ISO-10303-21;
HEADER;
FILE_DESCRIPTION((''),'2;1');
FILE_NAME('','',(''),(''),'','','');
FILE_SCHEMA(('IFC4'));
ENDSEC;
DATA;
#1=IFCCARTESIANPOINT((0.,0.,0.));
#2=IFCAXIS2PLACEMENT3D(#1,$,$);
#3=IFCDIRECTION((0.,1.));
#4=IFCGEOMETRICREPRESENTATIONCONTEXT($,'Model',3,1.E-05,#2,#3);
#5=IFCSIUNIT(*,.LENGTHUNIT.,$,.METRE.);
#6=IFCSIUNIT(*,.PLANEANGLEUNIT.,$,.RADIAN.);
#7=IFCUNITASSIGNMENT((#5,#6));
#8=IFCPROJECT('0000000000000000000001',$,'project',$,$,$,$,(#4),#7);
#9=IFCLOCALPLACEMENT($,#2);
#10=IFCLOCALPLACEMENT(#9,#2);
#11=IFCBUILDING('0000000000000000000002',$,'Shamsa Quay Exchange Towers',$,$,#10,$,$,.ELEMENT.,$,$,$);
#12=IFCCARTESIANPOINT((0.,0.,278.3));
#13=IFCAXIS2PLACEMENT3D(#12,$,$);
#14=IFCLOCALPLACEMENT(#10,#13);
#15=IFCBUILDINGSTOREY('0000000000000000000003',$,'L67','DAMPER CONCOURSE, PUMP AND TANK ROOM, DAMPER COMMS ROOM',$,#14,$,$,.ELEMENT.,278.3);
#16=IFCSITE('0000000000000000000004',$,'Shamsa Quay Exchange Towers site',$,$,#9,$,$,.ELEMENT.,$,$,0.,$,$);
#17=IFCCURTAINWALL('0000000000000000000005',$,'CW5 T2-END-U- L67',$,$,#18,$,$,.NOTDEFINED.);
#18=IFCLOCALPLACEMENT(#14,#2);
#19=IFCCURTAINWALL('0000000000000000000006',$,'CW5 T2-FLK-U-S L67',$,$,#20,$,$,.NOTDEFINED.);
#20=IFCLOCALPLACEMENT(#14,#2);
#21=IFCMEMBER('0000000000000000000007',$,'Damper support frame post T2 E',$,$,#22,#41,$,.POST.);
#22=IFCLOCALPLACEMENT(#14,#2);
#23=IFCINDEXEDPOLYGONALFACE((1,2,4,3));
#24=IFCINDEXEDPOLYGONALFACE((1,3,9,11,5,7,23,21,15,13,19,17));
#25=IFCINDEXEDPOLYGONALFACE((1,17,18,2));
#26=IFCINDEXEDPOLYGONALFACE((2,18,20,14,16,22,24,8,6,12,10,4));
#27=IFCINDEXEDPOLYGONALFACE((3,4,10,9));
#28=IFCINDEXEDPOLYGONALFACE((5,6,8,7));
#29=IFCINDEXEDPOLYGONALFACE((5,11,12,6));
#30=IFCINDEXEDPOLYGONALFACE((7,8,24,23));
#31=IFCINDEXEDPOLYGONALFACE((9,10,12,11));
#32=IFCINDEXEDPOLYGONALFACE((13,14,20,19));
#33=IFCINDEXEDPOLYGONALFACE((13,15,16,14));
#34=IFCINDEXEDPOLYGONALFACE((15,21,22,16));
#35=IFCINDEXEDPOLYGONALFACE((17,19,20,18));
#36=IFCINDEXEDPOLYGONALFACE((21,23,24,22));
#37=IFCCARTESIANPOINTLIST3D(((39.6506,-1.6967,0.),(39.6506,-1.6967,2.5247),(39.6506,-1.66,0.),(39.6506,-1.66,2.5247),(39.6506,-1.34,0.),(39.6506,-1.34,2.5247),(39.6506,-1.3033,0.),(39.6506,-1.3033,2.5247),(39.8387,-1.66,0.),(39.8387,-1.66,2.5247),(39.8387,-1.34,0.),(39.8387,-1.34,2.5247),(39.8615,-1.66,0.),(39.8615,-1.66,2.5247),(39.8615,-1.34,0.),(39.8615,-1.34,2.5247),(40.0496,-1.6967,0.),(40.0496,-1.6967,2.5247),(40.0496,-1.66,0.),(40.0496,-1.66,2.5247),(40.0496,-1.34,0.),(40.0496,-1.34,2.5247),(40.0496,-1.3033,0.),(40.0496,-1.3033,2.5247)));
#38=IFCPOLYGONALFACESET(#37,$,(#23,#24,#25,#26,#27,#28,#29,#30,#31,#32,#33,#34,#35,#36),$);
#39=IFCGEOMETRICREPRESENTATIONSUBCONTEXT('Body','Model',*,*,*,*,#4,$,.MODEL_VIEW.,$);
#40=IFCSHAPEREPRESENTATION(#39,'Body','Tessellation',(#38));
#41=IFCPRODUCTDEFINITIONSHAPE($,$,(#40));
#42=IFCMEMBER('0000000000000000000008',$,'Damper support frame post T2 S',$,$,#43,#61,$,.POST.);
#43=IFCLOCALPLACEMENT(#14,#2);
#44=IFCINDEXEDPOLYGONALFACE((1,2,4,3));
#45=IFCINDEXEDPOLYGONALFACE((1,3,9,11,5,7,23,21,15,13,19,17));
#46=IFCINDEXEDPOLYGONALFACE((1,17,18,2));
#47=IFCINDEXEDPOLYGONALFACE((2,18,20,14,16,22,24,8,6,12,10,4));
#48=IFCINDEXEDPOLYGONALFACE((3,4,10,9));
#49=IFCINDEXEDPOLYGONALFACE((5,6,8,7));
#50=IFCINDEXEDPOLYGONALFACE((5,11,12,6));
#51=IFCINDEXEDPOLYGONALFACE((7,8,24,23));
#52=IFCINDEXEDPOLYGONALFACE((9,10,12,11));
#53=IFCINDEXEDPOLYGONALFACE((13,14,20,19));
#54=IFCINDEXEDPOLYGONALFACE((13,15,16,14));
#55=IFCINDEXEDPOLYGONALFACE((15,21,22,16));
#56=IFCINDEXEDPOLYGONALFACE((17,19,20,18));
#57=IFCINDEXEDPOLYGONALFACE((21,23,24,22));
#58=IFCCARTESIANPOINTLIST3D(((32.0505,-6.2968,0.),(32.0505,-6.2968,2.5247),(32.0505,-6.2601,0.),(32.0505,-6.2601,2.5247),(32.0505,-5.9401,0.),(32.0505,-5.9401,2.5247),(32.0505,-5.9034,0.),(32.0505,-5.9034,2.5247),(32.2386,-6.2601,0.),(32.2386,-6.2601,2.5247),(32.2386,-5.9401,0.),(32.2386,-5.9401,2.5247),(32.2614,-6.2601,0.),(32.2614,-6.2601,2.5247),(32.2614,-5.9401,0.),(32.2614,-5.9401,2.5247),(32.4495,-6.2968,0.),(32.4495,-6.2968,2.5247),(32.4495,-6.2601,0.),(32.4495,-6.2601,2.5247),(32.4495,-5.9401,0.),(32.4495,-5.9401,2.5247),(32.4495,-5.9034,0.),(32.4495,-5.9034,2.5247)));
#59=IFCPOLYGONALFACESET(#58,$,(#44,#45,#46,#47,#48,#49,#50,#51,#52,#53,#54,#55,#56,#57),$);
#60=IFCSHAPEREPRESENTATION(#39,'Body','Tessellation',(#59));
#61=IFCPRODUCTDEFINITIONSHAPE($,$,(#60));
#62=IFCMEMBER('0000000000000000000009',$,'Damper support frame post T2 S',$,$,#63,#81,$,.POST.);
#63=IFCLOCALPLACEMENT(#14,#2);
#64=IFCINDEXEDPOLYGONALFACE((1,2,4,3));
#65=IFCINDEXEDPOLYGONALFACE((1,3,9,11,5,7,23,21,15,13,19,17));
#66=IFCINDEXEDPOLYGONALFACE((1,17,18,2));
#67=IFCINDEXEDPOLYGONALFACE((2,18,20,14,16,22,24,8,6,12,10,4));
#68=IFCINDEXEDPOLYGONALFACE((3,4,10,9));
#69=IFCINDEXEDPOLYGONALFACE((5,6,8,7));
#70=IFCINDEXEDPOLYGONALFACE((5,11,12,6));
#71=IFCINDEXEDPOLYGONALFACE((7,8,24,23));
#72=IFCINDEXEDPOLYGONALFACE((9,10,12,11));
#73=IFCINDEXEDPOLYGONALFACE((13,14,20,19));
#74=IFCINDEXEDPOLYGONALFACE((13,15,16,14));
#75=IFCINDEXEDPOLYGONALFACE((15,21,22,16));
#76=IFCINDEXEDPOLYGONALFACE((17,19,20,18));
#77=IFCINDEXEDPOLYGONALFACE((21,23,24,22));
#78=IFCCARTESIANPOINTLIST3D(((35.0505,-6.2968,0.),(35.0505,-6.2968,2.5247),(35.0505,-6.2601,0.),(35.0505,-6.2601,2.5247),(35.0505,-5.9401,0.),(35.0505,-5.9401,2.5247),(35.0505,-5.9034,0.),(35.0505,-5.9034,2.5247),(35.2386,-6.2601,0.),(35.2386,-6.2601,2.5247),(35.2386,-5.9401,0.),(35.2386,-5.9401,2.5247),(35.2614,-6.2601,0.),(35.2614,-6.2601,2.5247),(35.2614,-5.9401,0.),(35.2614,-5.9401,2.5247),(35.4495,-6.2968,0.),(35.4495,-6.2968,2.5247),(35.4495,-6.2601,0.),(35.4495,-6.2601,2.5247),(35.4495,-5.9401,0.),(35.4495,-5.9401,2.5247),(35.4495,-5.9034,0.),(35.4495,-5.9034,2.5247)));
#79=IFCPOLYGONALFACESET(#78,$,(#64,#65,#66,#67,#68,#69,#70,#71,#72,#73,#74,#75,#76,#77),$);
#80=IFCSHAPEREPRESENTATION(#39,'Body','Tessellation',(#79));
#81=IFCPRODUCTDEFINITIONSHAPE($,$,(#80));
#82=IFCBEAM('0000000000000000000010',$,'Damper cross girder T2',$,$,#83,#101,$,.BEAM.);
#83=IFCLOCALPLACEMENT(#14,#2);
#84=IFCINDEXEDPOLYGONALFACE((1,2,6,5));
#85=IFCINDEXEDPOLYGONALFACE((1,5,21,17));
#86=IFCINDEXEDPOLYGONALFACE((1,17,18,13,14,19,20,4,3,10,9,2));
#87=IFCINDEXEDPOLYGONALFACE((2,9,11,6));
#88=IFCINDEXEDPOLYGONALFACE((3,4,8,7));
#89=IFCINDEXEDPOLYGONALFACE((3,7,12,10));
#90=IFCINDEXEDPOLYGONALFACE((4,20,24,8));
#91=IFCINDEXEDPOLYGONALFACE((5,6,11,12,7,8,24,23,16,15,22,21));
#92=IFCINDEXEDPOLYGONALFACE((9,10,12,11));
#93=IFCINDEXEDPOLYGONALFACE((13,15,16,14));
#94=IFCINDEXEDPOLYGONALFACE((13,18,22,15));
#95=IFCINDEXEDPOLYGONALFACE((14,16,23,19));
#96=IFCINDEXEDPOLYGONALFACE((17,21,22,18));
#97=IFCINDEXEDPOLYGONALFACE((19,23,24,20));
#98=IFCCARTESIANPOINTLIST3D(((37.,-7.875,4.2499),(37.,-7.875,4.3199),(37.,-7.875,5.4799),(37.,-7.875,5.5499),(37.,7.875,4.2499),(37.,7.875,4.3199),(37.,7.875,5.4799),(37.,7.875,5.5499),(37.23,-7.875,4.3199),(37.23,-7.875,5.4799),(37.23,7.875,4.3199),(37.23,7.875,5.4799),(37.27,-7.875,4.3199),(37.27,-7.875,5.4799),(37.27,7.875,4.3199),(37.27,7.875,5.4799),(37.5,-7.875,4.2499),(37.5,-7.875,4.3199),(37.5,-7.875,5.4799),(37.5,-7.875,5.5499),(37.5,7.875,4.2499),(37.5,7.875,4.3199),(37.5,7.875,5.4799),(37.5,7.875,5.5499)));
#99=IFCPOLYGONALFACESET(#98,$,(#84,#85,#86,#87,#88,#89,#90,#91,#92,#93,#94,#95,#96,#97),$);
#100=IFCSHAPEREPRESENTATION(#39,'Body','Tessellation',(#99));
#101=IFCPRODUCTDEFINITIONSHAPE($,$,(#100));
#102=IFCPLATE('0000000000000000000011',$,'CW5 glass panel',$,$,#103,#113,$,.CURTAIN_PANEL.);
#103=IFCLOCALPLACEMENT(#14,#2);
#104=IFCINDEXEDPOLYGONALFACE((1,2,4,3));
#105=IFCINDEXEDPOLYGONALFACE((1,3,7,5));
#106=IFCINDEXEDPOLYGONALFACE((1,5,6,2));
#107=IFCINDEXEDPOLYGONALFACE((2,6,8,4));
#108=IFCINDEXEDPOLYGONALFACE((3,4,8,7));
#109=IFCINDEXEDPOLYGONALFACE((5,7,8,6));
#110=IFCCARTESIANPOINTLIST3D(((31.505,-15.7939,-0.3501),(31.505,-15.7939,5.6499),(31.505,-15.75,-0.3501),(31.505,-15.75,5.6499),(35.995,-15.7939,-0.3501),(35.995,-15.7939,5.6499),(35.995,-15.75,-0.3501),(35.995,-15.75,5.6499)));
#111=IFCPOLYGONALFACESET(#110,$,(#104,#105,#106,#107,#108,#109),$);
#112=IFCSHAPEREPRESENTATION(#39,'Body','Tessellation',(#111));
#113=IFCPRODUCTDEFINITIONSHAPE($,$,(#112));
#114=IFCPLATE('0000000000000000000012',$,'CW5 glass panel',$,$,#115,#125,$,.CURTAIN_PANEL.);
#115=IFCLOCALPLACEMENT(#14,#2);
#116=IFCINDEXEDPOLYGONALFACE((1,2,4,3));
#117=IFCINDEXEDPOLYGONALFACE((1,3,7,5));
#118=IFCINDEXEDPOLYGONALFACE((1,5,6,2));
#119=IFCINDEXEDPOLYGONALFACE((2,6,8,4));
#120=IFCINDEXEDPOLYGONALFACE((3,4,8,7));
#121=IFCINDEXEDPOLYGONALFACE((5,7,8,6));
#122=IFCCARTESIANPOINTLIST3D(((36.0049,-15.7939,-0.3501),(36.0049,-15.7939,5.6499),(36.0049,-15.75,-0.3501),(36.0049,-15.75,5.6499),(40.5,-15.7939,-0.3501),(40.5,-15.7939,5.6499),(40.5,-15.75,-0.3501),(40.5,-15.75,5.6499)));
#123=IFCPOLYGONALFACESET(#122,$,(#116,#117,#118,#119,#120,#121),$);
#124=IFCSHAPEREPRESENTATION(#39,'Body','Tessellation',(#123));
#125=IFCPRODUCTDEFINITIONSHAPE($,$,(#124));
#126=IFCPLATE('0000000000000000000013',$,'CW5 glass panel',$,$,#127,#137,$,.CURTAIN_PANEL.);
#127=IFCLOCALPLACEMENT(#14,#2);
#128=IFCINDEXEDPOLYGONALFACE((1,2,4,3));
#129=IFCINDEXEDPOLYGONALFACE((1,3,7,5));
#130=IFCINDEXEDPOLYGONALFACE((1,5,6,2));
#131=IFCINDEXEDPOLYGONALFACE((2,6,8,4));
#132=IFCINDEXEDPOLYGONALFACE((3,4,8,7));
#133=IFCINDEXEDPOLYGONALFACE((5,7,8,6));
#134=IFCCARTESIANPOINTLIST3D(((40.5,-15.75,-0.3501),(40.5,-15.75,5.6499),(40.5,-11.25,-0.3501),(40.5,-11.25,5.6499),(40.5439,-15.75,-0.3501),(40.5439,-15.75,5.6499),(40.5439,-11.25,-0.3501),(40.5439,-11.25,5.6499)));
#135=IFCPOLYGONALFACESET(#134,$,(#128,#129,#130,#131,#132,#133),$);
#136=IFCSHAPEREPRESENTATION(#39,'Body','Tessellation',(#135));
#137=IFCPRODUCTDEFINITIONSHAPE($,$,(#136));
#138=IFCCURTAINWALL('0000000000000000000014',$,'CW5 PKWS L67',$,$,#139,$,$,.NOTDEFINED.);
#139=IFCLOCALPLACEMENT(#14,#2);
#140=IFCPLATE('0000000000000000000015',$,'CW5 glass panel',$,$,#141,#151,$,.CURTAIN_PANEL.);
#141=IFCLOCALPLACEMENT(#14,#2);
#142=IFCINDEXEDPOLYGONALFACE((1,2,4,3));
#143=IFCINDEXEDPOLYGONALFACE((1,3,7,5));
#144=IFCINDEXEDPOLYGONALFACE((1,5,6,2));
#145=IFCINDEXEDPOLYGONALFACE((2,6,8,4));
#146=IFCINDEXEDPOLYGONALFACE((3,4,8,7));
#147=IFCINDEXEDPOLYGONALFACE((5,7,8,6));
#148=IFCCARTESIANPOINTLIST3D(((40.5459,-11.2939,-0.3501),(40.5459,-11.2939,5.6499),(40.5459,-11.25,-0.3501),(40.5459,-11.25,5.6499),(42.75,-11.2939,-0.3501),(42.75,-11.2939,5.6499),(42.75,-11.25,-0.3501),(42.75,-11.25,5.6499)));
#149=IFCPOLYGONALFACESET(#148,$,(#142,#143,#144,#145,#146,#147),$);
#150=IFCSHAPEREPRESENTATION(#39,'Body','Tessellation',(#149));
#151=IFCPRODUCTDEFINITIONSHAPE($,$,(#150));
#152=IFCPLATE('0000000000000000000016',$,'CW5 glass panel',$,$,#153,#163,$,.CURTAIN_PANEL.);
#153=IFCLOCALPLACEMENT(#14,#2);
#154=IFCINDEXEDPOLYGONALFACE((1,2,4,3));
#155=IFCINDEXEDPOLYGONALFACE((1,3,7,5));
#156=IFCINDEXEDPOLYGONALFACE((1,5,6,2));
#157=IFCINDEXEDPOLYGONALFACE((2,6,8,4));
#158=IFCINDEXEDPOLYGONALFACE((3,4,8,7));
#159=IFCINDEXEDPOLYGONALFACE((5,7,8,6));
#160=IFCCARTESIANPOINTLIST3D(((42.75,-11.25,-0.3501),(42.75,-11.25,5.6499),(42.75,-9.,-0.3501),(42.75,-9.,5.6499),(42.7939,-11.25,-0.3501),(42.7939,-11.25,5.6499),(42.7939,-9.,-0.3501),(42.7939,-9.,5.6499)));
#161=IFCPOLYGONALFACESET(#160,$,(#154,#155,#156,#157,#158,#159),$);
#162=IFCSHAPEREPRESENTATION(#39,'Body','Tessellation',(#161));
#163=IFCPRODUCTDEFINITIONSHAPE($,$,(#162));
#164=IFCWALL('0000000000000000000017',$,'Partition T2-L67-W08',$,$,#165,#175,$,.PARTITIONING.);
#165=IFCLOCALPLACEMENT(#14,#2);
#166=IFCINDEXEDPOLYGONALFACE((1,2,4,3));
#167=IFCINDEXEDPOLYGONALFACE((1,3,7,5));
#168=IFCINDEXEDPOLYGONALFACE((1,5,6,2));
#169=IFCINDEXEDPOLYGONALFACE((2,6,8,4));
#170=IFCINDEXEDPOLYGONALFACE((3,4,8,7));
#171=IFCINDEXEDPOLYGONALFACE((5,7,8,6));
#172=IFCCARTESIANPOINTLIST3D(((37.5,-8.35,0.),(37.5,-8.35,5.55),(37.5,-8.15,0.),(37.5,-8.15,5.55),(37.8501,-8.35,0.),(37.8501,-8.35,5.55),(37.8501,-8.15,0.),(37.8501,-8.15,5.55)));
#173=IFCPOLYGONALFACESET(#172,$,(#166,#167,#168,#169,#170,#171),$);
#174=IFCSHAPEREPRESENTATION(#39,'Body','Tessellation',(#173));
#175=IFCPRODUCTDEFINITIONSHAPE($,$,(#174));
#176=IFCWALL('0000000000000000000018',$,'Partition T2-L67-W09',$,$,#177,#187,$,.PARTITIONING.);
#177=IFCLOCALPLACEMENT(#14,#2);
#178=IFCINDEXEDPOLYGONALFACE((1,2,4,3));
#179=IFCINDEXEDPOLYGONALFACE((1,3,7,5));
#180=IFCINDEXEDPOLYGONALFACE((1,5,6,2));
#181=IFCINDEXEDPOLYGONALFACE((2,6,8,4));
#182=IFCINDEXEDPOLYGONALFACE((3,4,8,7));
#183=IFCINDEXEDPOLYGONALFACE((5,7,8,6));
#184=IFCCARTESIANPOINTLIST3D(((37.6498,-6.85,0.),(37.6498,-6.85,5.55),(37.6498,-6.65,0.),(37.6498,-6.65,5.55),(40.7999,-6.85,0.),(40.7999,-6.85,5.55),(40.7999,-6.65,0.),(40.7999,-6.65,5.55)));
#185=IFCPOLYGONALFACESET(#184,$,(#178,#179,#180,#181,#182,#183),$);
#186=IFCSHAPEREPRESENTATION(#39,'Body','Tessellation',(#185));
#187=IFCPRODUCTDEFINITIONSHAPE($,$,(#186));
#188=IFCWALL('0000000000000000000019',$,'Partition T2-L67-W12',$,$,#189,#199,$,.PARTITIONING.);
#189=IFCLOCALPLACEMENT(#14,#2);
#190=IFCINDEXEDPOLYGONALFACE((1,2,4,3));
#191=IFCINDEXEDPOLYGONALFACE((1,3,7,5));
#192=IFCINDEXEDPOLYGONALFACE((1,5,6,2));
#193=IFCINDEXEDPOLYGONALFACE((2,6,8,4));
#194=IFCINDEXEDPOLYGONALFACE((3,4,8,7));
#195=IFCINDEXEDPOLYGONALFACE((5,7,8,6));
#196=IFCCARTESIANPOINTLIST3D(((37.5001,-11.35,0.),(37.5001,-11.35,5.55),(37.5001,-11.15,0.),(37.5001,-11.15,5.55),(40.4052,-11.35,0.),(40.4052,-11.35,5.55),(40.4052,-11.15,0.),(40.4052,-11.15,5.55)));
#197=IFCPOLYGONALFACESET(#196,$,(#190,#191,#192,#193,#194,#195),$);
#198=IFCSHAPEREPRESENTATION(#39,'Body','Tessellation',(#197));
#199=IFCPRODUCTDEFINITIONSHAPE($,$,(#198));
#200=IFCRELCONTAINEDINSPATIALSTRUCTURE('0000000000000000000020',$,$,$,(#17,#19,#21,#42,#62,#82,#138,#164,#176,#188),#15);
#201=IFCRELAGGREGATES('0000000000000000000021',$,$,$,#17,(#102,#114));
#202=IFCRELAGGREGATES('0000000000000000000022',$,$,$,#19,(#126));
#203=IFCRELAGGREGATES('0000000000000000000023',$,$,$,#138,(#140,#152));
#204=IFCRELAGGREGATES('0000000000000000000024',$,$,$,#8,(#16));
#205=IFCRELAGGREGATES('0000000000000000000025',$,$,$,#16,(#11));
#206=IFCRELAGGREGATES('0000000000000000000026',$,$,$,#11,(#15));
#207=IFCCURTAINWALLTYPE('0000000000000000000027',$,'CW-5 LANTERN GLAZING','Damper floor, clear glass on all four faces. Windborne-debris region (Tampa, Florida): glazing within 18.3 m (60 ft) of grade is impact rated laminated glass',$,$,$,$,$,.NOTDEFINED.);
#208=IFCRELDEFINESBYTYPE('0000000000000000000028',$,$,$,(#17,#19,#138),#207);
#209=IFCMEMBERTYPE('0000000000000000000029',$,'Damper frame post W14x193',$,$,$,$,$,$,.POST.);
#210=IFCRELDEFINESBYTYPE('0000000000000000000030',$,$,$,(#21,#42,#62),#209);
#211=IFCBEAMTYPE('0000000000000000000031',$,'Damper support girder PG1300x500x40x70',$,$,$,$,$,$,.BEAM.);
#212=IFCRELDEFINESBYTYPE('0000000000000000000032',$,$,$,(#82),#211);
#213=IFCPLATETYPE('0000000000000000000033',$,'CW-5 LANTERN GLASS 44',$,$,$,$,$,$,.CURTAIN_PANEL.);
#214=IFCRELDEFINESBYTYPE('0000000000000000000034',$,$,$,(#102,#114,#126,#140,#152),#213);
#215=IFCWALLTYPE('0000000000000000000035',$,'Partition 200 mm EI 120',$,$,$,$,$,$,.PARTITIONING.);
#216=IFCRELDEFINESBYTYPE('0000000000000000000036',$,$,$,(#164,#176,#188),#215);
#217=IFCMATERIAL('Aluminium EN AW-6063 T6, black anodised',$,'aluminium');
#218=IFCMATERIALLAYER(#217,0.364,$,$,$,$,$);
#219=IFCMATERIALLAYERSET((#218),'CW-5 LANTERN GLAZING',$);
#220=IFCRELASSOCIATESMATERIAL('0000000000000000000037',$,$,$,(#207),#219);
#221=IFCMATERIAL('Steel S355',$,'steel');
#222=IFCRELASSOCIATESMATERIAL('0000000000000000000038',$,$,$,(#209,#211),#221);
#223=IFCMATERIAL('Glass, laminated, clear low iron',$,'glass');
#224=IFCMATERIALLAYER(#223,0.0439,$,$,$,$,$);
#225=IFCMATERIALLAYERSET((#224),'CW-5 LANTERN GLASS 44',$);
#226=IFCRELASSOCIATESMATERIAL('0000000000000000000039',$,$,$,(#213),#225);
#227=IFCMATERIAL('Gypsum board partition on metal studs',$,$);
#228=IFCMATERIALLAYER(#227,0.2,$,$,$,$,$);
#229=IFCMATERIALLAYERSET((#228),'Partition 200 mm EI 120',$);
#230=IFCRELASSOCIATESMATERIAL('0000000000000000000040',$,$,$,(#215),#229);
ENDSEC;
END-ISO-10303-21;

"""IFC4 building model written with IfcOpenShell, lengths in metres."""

from ifc_helpers import new_model, si_unit, direction, frame, frame_2d, origin, origin_2d, place, context, subcontext, project, spatial, rectangle, i_section, extrude, material, layer, layer_set, material_profile, profile_set, type_object, element, aggregate, save


model = new_model("IFC4")

# Units and contexts
model_context = context("Model", 3, precision=1e-05, world=origin(), true_north=direction((0.0, 1.0)))
body_context = subcontext(model_context, "Body", "Model", "MODEL_VIEW")
ifc_project = project(units=[si_unit("LENGTHUNIT", "METRE"), si_unit("PLANEANGLEUNIT", "RADIAN")], contexts=[model_context])

# Site, building, storey
site_placement = place(None, origin())
site = spatial("IfcSite", under=ifc_project, at=site_placement, Name="Shamsa Quay Exchange Towers site", CompositionType="ELEMENT", RefElevation=0.0)
building_placement = place(site_placement, origin())
building = spatial("IfcBuilding", under=site, at=building_placement, Name="Shamsa Quay Exchange Towers", CompositionType="ELEMENT")
storey_placement = place(building_placement, frame((0.0, 0.0, 278.3)))
storey = spatial("IfcBuildingStorey", under=building, at=storey_placement, Name="L67", Description="DAMPER CONCOURSE, PUMP AND TANK ROOM, DAMPER COMMS ROOM", CompositionType="ELEMENT", Elevation=278.3)

# Curtain walls
ifc_material_1 = material(Name="Aluminium EN AW-6063 T6, black anodised", Category="aluminium")
ifc_layer_1 = layer(ifc_material_1, 0.364)
ifc_layer_set_1 = layer_set([ifc_layer_1], Name="CW-5 LANTERN GLAZING")
curtain_wall_type = type_object("IfcCurtainWallType", Name="CW-5 LANTERN GLAZING", Description="Damper floor, clear glass on all four faces. Windborne-debris region (Tampa, Florida): glazing within 18.3 m (60 ft) of grade is impact rated laminated glass", PredefinedType="NOTDEFINED", material=ifc_layer_set_1)
curtain_wall_1_placement = place(storey_placement, origin())
curtain_wall_1 = element("IfcCurtainWall", 1, at=curtain_wall_1_placement, inside=storey, type_object=curtain_wall_type, Name="CW5 T2-END-U- L67", PredefinedType="NOTDEFINED")
curtain_wall_2_placement = place(storey_placement, origin())
curtain_wall_2 = element("IfcCurtainWall", 2, at=curtain_wall_2_placement, inside=storey, type_object=curtain_wall_type, Name="CW5 T2-FLK-U-S L67", PredefinedType="NOTDEFINED")

# Shared definitions
ifc_material_2 = material(Name="Steel S355", Category="steel")

# Members
ifc_material_profile_1 = material_profile(ifc_material_2, i_section(OverallWidth=0.3989, OverallDepth=0.3933, WebThickness=0.0227, FlangeThickness=0.0366, at=origin_2d()), Name="W14x193")
ifc_profile_set_1 = profile_set([ifc_material_profile_1], Name="Steel S355")
member_type_1 = type_object("IfcMemberType", Name="Damper frame post W14x193", PredefinedType="POST", material=ifc_profile_set_1)
for number, where, name in (
    (3, (39.8501, -1.5, 0.0), "Damper support frame post T2 E"),
    (4, (32.25, -6.1001, 0.0), "Damper support frame post T2 S"),
    (5, (35.25, -6.1001, 0.0), "Damper support frame post T2 S"),
):
    element("IfcMember", number, at=place(storey_placement, frame(where)), inside=storey, type_object=member_type_1, Name=name, PredefinedType="POST", context=body_context, shape_type="SweptSolid", body=[
        extrude(i_section(OverallWidth=0.3989, OverallDepth=0.3933, WebThickness=0.0227, FlangeThickness=0.0366, at=origin_2d()), origin(), (0.0, 0.0, 1.0), 2.5247),
    ])

# Beam
ifc_material_profile_2 = material_profile(ifc_material_2, i_section(OverallWidth=0.5, OverallDepth=1.3, WebThickness=0.04, FlangeThickness=0.0701, at=origin_2d()), Name="PG1300x500x40x70")
ifc_profile_set_2 = profile_set([ifc_material_profile_2], Name="Steel S355")
beam_type_1 = type_object("IfcBeamType", Name="Damper support girder PG1300x500x40x70", PredefinedType="BEAM", material=ifc_profile_set_2)
beam_placement = place(storey_placement, frame((37.25, -7.875, 4.8999), z_axis=(0.0, 1.0, 0.0), x_axis=(-1.0, 0.0, 0.0)))
element("IfcBeam", 6, at=beam_placement, inside=storey, type_object=beam_type_1, Name="Damper cross girder T2", PredefinedType="BEAM", context=body_context, shape_type="SweptSolid", body=[
    extrude(i_section(OverallWidth=0.5, OverallDepth=1.3, WebThickness=0.04, FlangeThickness=0.0701, at=origin_2d()), origin(), (0.0, 0.0, 1.0), 15.75),
])

# Plates
ifc_material_3 = material(Name="Glass, laminated, clear low iron", Category="glass")
ifc_layer_2 = layer(ifc_material_3, 0.0439)
ifc_layer_set_2 = layer_set([ifc_layer_2], Name="CW-5 LANTERN GLASS 44")
plate_type = type_object("IfcPlateType", Name="CW-5 LANTERN GLASS 44", PredefinedType="CURTAIN_PANEL", material=ifc_layer_set_2)
plate_1_placement = place(storey_placement, frame((33.75, -15.772, -0.3501)))
plate_1 = element("IfcPlate", 7, at=plate_1_placement, type_object=plate_type, Name="CW5 glass panel", PredefinedType="CURTAIN_PANEL", context=body_context, shape_type="SweptSolid", body=[
    extrude(rectangle(XDim=4.49, YDim=0.0439, at=origin_2d()), origin(), (0.0, 0.0, 1.0), 6.0),
])
plate_2_placement = place(storey_placement, frame((38.2524, -15.772, -0.3501)))
plate_2 = element("IfcPlate", 8, at=plate_2_placement, type_object=plate_type, Name="CW5 glass panel", PredefinedType="CURTAIN_PANEL", context=body_context, shape_type="SweptSolid", body=[
    extrude(rectangle(XDim=4.4951, YDim=0.0439, at=origin_2d()), origin(), (0.0, 0.0, 1.0), 6.0),
])
aggregate(curtain_wall_1, [plate_1, plate_2])
plate_3_placement = place(storey_placement, frame((40.522, -13.5, -0.3501), z_axis=(0.0, 0.0, 1.0), x_axis=(0.0, 1.0, 0.0)))
plate_3 = element("IfcPlate", 9, at=plate_3_placement, type_object=plate_type, Name="CW5 glass panel", PredefinedType="CURTAIN_PANEL", context=body_context, shape_type="SweptSolid", body=[
    extrude(rectangle(XDim=4.5, YDim=0.0439, at=origin_2d()), origin(), (0.0, 0.0, 1.0), 6.0),
])
aggregate(curtain_wall_2, [plate_3])

# Curtain wall, plates
curtain_wall_3_placement = place(storey_placement, origin())
curtain_wall_3 = element("IfcCurtainWall", 10, at=curtain_wall_3_placement, inside=storey, type_object=curtain_wall_type, Name="CW5 PKWS L67", PredefinedType="NOTDEFINED")
plate_4_placement = place(storey_placement, frame((41.6479, -11.272, -0.3501)))
plate_4 = element("IfcPlate", 11, at=plate_4_placement, type_object=plate_type, Name="CW5 glass panel", PredefinedType="CURTAIN_PANEL", context=body_context, shape_type="SweptSolid", body=[
    extrude(rectangle(XDim=2.2041, YDim=0.0439, at=origin_2d()), origin(), (0.0, 0.0, 1.0), 6.0),
])
plate_5_placement = place(storey_placement, frame((42.772, -10.125, -0.3501), z_axis=(0.0, 0.0, 1.0), x_axis=(0.0, 1.0, 0.0)))
plate_5 = element("IfcPlate", 12, at=plate_5_placement, type_object=plate_type, Name="CW5 glass panel", PredefinedType="CURTAIN_PANEL", context=body_context, shape_type="SweptSolid", body=[
    extrude(rectangle(XDim=2.25, YDim=0.0439, at=origin_2d()), origin(), (0.0, 0.0, 1.0), 6.0),
])
aggregate(curtain_wall_3, [plate_4, plate_5])

# Shared definitions
ifc_material_4 = material(Name="Gypsum board partition on metal studs")
ifc_layer_3 = layer(ifc_material_4, 0.2)
ifc_layer_set_3 = layer_set([ifc_layer_3], Name="Partition 200 mm EI 120")
wall_type_1 = type_object("IfcWallType", Name="Partition 200 mm EI 120", PredefinedType="PARTITIONING", material=ifc_layer_set_3)

# Walls
wall_1_placement = place(storey_placement, frame((37.8501, -8.25, 0.0), z_axis=(0.0, 0.0, 1.0), x_axis=(-1.0, 0.0, 0.0)))
element("IfcWall", 13, at=wall_1_placement, inside=storey, type_object=wall_type_1, Name="Partition T2-L67-W08", PredefinedType="PARTITIONING", context=body_context, shape_type="SweptSolid", body=[
    extrude(rectangle(XDim=0.3501, YDim=0.2, at=frame_2d((0.175, 0.0))), origin(), (0.0, 0.0, 1.0), 5.55),
])
wall_2_placement = place(storey_placement, frame((40.8, -6.75, 0.0), z_axis=(0.0, 0.0, 1.0), x_axis=(-1.0, 0.0, 0.0)))
element("IfcWall", 14, at=wall_2_placement, inside=storey, type_object=wall_type_1, Name="Partition T2-L67-W09", PredefinedType="PARTITIONING", context=body_context, shape_type="SweptSolid", body=[
    extrude(rectangle(XDim=3.1501, YDim=0.2, at=frame_2d((1.5752, 0.0))), origin(), (0.0, 0.0, 1.0), 5.55),
])
wall_3_placement = place(storey_placement, frame((37.5, -11.25, 0.0)))
element("IfcWall", 15, at=wall_3_placement, inside=storey, type_object=wall_type_1, Name="Partition T2-L67-W12", PredefinedType="PARTITIONING", context=body_context, shape_type="SweptSolid", body=[
    extrude(rectangle(XDim=2.905, YDim=0.2, at=frame_2d((1.4526, 0.0))), origin(), (0.0, 0.0, 1.0), 5.55),
])

save(model, "model.ifc")
